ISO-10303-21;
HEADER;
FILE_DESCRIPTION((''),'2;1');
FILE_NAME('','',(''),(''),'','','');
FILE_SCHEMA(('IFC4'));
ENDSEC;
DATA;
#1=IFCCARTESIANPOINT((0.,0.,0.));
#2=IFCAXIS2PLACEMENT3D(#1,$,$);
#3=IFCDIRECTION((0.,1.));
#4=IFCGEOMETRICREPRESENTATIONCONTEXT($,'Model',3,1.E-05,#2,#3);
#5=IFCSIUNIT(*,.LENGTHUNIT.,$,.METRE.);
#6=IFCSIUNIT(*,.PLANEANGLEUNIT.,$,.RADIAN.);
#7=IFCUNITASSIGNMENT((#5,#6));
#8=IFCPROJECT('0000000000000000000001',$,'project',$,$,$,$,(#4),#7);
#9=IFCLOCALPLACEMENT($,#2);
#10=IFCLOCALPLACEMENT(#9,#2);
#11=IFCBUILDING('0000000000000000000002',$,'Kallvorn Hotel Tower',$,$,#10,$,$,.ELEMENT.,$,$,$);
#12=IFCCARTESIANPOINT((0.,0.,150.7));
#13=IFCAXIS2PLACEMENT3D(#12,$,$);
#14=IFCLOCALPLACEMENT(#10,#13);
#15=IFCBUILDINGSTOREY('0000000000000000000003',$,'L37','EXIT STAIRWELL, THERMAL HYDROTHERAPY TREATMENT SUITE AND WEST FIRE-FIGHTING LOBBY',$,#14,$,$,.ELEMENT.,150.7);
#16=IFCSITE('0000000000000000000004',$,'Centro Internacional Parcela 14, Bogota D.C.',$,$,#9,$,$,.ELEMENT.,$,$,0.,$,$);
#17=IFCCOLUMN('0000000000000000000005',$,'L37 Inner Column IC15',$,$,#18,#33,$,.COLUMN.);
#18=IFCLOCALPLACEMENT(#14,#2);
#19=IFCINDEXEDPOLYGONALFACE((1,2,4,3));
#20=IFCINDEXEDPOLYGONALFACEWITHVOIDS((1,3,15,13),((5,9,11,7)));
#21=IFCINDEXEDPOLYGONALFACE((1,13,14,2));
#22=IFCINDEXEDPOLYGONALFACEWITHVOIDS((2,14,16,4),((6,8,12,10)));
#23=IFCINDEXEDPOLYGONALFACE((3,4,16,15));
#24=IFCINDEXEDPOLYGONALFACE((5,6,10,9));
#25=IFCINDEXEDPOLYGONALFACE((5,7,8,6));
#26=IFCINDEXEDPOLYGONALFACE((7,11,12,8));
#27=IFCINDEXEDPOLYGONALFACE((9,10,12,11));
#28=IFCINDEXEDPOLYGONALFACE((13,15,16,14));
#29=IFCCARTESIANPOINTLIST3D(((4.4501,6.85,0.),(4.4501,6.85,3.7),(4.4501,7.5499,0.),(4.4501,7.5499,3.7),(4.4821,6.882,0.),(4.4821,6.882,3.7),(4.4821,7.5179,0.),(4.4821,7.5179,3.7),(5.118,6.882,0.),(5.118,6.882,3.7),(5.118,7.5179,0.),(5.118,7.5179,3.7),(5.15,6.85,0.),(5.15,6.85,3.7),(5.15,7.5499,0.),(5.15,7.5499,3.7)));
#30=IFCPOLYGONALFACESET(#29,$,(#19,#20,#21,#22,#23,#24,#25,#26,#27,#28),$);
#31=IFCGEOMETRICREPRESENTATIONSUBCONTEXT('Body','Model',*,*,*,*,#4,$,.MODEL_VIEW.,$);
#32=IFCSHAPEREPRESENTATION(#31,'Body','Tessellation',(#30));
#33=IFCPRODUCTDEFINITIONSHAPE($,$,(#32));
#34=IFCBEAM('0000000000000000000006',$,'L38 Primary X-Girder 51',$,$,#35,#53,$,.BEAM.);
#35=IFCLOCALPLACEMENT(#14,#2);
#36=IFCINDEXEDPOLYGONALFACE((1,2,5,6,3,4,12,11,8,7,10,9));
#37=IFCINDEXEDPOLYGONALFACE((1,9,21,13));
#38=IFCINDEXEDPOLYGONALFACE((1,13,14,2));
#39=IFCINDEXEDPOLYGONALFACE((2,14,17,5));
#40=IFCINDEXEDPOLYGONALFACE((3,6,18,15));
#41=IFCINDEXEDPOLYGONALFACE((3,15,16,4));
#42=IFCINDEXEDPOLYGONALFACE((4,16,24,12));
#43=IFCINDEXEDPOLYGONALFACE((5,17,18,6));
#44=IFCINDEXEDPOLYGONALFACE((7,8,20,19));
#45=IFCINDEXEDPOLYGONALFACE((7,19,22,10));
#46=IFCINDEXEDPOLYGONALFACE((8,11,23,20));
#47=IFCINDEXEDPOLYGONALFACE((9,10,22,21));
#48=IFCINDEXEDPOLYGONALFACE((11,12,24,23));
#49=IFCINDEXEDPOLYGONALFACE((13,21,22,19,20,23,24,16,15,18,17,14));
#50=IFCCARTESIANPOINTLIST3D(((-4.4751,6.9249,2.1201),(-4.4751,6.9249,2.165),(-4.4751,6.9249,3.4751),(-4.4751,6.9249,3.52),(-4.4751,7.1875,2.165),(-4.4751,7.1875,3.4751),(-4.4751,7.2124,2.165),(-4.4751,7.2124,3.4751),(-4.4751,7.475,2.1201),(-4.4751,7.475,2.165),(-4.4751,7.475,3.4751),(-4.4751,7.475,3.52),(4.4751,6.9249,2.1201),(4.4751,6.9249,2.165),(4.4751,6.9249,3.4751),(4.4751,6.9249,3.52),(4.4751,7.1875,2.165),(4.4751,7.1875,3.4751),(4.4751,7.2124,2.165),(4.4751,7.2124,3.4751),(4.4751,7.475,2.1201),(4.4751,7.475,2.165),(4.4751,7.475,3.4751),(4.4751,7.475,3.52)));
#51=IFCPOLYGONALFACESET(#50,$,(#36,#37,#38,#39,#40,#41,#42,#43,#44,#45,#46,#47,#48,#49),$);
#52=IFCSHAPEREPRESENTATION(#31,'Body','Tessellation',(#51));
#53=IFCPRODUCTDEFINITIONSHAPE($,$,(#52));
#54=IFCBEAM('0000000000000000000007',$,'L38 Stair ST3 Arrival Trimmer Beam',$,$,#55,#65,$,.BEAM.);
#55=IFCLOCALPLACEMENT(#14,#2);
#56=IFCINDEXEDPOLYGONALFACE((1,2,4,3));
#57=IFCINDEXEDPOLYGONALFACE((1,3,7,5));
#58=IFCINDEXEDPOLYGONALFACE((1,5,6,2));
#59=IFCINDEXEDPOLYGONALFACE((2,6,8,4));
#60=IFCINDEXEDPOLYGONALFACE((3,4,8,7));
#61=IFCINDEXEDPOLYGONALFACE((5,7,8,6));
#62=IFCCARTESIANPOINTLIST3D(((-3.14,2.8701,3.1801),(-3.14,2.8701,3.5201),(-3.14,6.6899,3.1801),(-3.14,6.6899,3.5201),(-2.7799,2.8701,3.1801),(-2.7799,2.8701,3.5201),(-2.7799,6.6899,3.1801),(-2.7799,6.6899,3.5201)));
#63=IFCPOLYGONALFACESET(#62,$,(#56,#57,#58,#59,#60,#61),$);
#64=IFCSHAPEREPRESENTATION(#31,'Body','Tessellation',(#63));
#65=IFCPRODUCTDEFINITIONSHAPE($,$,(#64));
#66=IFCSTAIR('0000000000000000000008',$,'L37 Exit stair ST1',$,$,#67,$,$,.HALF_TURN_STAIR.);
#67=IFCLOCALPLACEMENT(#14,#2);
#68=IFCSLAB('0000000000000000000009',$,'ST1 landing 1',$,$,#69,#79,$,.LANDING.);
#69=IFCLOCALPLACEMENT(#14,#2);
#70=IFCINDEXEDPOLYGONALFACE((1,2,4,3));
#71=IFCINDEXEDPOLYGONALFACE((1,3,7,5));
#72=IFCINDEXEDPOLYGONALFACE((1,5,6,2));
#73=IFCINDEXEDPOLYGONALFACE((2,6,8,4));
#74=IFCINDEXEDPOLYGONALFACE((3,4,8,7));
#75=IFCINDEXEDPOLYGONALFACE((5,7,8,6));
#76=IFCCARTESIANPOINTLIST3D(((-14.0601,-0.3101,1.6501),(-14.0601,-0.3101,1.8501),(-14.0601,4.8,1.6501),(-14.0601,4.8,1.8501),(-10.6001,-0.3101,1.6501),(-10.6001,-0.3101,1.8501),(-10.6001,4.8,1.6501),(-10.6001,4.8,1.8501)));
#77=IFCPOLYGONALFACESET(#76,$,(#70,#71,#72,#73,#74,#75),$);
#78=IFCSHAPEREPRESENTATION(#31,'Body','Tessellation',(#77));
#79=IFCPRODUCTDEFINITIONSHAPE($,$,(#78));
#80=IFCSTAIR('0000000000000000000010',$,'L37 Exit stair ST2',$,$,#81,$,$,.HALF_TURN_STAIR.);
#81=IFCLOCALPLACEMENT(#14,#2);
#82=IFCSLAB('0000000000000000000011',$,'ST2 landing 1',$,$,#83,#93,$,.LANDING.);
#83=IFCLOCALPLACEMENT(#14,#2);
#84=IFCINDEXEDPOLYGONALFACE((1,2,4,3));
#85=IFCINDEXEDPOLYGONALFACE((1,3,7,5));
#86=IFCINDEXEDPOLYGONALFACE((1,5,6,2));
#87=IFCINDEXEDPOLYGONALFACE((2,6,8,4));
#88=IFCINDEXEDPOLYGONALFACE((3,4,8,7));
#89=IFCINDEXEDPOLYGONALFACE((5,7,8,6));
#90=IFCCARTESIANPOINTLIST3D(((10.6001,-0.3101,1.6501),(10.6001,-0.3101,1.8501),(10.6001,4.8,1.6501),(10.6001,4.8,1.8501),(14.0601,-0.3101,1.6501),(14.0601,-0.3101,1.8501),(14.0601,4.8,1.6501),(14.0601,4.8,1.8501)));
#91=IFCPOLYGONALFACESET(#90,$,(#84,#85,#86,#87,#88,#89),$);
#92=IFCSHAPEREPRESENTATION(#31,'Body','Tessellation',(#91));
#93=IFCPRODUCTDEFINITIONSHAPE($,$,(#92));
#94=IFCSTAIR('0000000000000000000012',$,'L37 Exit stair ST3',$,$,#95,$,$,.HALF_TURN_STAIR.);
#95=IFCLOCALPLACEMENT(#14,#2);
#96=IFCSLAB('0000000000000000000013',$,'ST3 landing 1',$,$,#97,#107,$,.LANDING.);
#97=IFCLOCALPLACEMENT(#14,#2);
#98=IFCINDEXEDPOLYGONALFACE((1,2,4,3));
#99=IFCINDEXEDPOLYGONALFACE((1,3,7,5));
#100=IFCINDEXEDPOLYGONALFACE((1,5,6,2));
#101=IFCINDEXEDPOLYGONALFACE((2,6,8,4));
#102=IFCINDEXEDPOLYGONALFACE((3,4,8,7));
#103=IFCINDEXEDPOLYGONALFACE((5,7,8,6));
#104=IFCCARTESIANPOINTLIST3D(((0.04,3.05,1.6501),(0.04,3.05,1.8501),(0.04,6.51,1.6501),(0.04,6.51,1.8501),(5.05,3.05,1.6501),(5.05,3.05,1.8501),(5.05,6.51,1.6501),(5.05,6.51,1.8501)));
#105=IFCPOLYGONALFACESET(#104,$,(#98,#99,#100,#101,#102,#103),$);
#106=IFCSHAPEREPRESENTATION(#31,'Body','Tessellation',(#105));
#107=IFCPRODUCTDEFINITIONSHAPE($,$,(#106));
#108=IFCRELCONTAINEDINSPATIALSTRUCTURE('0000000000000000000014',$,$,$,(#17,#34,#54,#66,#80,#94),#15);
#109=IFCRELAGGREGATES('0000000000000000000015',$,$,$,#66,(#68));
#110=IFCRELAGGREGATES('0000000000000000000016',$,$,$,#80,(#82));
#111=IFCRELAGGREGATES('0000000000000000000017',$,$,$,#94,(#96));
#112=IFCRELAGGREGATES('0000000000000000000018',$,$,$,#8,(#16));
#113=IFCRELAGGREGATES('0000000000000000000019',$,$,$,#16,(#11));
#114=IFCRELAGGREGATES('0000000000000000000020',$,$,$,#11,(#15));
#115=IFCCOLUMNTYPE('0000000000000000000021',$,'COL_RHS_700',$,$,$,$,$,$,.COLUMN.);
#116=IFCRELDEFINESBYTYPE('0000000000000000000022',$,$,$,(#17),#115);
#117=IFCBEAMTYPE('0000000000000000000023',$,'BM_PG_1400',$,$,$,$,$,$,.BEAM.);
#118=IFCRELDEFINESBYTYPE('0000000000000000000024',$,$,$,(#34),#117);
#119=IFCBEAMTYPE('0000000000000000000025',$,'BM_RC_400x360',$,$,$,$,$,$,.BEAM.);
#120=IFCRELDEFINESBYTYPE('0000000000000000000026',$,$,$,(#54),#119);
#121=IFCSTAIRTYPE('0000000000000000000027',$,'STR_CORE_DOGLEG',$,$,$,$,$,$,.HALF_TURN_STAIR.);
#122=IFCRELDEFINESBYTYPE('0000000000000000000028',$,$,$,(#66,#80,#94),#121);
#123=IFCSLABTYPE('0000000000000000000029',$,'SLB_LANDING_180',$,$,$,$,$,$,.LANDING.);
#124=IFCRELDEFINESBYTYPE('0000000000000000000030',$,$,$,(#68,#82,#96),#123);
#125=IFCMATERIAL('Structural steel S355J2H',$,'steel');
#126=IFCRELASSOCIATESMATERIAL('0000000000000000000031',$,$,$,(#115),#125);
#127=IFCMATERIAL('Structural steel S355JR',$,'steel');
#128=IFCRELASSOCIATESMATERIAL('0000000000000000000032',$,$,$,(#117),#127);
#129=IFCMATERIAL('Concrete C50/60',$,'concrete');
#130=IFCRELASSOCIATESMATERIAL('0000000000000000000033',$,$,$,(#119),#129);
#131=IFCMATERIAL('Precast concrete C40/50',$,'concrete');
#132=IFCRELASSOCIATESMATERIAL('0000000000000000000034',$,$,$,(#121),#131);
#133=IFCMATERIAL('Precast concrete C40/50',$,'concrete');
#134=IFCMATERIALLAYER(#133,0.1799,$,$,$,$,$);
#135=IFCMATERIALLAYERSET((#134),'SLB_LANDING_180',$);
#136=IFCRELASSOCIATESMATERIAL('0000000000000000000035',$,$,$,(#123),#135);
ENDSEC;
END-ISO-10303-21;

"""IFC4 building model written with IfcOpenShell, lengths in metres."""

from ifc_helpers import new_model, si_unit, direction, frame, origin, origin_2d, place, context, subcontext, project, spatial, polyline, rectangle, hollow_rectangle, i_section, outline, extrude, material, layer, layer_set, material_profile, profile_set, type_object, element, aggregate, save


model = new_model("IFC4")

# Units and contexts
model_context = context("Model", 3, precision=1e-05, world=origin(), true_north=direction((0.0, 1.0)))
body_context = subcontext(model_context, "Body", "Model", "MODEL_VIEW")
ifc_project = project(units=[si_unit("LENGTHUNIT", "METRE"), si_unit("PLANEANGLEUNIT", "RADIAN")], contexts=[model_context])

# Site, building, storey
site_placement = place(None, origin())
site = spatial("IfcSite", under=ifc_project, at=site_placement, Name="Centro Internacional Parcela 14, Bogota D.C.", CompositionType="ELEMENT", RefElevation=0.0)
building_placement = place(site_placement, origin())
building = spatial("IfcBuilding", under=site, at=building_placement, Name="Kallvorn Hotel Tower", CompositionType="ELEMENT")
storey_placement = place(building_placement, frame((0.0, 0.0, 150.7)))
storey = spatial("IfcBuildingStorey", under=building, at=storey_placement, Name="L37", Description="EXIT STAIRWELL, THERMAL HYDROTHERAPY TREATMENT SUITE AND WEST FIRE-FIGHTING LOBBY", CompositionType="ELEMENT", Elevation=150.7)

# Column
ifc_material_1 = material(Name="Structural steel S355J2H", Category="steel")
ifc_material_profile_1 = material_profile(ifc_material_1, hollow_rectangle(XDim=0.7, YDim=0.7, WallThickness=0.032, at=origin_2d()), Name="RHS 700x700x32")
ifc_profile_set_1 = profile_set([ifc_material_profile_1], Name="Structural steel S355J2H")
column_type = type_object("IfcColumnType", Name="COL_RHS_700", PredefinedType="COLUMN", material=ifc_profile_set_1)
column_placement = place(storey_placement, frame((4.8, 7.2, 0.0), z_axis=(0.0, 0.0, 1.0), x_axis=(1.0, 0.0, 0.0)))
element("IfcColumn", 1, at=column_placement, inside=storey, type_object=column_type, Name="L37 Inner Column IC15", PredefinedType="COLUMN", context=body_context, shape_type="SweptSolid", body=[
    extrude(hollow_rectangle(XDim=0.7, YDim=0.7, WallThickness=0.032, at=origin_2d()), origin(), (0.0, 0.0, 1.0), 3.7),
])

# Beams
ifc_material_2 = material(Name="Structural steel S355JR", Category="steel")
ifc_material_profile_2 = material_profile(ifc_material_2, i_section(OverallWidth=0.55, OverallDepth=1.3999, WebThickness=0.0249, FlangeThickness=0.0449, at=origin_2d()), Name="PG 1400x550x25x45")
ifc_profile_set_2 = profile_set([ifc_material_profile_2], Name="Structural steel S355JR")
beam_type_1 = type_object("IfcBeamType", Name="BM_PG_1400", PredefinedType="BEAM", material=ifc_profile_set_2)
beam_1_placement = place(storey_placement, frame((-4.4751, 7.2, 2.8201), z_axis=(1.0, 0.0, 0.0), x_axis=(0.0, 1.0, 0.0)))
element("IfcBeam", 2, at=beam_1_placement, inside=storey, type_object=beam_type_1, Name="L38 Primary X-Girder 51", PredefinedType="BEAM", context=body_context, shape_type="SweptSolid", body=[
    extrude(i_section(OverallWidth=0.55, OverallDepth=1.3999, WebThickness=0.0249, FlangeThickness=0.0449, at=origin_2d()), origin(), (0.0, 0.0, 1.0), 8.9502),
])
ifc_material_3 = material(Name="Concrete C50/60", Category="concrete")
ifc_material_profile_3 = material_profile(ifc_material_3, rectangle(XDim=0.3601, YDim=0.3401, at=origin_2d()), Name="RC 360x340")
ifc_profile_set_3 = profile_set([ifc_material_profile_3], Name="Concrete C50/60")
beam_type_2 = type_object("IfcBeamType", Name="BM_RC_400x360", PredefinedType="BEAM", material=ifc_profile_set_3)
beam_2_placement = place(storey_placement, frame((-2.96, 2.8701, 3.3501), z_axis=(0.0, 1.0, 0.0), x_axis=(-1.0, 0.0, 0.0)))
element("IfcBeam", 3, at=beam_2_placement, inside=storey, type_object=beam_type_2, Name="L38 Stair ST3 Arrival Trimmer Beam", PredefinedType="BEAM", context=body_context, shape_type="SweptSolid", body=[
    extrude(rectangle(XDim=0.3601, YDim=0.3401, at=origin_2d()), origin(), (0.0, 0.0, 1.0), 3.8198),
])

# Stairs, slabs
ifc_material_4 = material(Name="Precast concrete C40/50", Category="concrete")
stair_type = type_object("IfcStairType", Name="STR_CORE_DOGLEG", PredefinedType="HALF_TURN_STAIR", material=ifc_material_4)
stair_1_placement = place(storey_placement, origin())
stair_1 = element("IfcStair", 4, at=stair_1_placement, inside=storey, type_object=stair_type, Name="L37 Exit stair ST1", PredefinedType="HALF_TURN_STAIR")
ifc_material_5 = material(Name="Precast concrete C40/50", Category="concrete")
ifc_layer_1 = layer(ifc_material_5, 0.1799)
ifc_layer_set_1 = layer_set([ifc_layer_1], Name="SLB_LANDING_180")
slab_type_1 = type_object("IfcSlabType", Name="SLB_LANDING_180", PredefinedType="LANDING", material=ifc_layer_set_1)
slab_1_placement = place(storey_placement, frame((0.0, 0.0, 1.6501)))
slab_1 = element("IfcSlab", 5, at=slab_1_placement, type_object=slab_type_1, Name="ST1 landing 1", PredefinedType="LANDING", context=body_context, shape_type="SweptSolid", body=[
    extrude(outline(polyline([(-10.6001, -0.3101), (-10.6001, 4.8), (-14.0601, 4.8), (-14.0601, -0.3101), (-10.6001, -0.3101)])), origin(), (0.0, 0.0, 1.0), 0.2),
])
aggregate(stair_1, [slab_1])
stair_2_placement = place(storey_placement, origin())
stair_2 = element("IfcStair", 6, at=stair_2_placement, inside=storey, type_object=stair_type, Name="L37 Exit stair ST2", PredefinedType="HALF_TURN_STAIR")
slab_2_placement = place(storey_placement, frame((0.0, 0.0, 1.6501)))
slab_2 = element("IfcSlab", 7, at=slab_2_placement, type_object=slab_type_1, Name="ST2 landing 1", PredefinedType="LANDING", context=body_context, shape_type="SweptSolid", body=[
    extrude(outline(polyline([(14.0601, -0.3101), (14.0601, 4.8), (10.6001, 4.8), (10.6001, -0.3101), (14.0601, -0.3101)])), origin(), (0.0, 0.0, 1.0), 0.2),
])
aggregate(stair_2, [slab_2])
stair_3_placement = place(storey_placement, origin())
stair_3 = element("IfcStair", 8, at=stair_3_placement, inside=storey, type_object=stair_type, Name="L37 Exit stair ST3", PredefinedType="HALF_TURN_STAIR")
slab_3_placement = place(storey_placement, frame((0.0, 0.0, 1.6501)))
slab_3 = element("IfcSlab", 9, at=slab_3_placement, type_object=slab_type_1, Name="ST3 landing 1", PredefinedType="LANDING", context=body_context, shape_type="SweptSolid", body=[
    extrude(outline(polyline([(0.04, 3.05), (5.05, 3.05), (5.05, 6.51), (0.04, 6.51), (0.04, 3.05)])), origin(), (0.0, 0.0, 1.0), 0.2),
])

aggregate(stair_3, [slab_3])

save(model, "model.ifc")
